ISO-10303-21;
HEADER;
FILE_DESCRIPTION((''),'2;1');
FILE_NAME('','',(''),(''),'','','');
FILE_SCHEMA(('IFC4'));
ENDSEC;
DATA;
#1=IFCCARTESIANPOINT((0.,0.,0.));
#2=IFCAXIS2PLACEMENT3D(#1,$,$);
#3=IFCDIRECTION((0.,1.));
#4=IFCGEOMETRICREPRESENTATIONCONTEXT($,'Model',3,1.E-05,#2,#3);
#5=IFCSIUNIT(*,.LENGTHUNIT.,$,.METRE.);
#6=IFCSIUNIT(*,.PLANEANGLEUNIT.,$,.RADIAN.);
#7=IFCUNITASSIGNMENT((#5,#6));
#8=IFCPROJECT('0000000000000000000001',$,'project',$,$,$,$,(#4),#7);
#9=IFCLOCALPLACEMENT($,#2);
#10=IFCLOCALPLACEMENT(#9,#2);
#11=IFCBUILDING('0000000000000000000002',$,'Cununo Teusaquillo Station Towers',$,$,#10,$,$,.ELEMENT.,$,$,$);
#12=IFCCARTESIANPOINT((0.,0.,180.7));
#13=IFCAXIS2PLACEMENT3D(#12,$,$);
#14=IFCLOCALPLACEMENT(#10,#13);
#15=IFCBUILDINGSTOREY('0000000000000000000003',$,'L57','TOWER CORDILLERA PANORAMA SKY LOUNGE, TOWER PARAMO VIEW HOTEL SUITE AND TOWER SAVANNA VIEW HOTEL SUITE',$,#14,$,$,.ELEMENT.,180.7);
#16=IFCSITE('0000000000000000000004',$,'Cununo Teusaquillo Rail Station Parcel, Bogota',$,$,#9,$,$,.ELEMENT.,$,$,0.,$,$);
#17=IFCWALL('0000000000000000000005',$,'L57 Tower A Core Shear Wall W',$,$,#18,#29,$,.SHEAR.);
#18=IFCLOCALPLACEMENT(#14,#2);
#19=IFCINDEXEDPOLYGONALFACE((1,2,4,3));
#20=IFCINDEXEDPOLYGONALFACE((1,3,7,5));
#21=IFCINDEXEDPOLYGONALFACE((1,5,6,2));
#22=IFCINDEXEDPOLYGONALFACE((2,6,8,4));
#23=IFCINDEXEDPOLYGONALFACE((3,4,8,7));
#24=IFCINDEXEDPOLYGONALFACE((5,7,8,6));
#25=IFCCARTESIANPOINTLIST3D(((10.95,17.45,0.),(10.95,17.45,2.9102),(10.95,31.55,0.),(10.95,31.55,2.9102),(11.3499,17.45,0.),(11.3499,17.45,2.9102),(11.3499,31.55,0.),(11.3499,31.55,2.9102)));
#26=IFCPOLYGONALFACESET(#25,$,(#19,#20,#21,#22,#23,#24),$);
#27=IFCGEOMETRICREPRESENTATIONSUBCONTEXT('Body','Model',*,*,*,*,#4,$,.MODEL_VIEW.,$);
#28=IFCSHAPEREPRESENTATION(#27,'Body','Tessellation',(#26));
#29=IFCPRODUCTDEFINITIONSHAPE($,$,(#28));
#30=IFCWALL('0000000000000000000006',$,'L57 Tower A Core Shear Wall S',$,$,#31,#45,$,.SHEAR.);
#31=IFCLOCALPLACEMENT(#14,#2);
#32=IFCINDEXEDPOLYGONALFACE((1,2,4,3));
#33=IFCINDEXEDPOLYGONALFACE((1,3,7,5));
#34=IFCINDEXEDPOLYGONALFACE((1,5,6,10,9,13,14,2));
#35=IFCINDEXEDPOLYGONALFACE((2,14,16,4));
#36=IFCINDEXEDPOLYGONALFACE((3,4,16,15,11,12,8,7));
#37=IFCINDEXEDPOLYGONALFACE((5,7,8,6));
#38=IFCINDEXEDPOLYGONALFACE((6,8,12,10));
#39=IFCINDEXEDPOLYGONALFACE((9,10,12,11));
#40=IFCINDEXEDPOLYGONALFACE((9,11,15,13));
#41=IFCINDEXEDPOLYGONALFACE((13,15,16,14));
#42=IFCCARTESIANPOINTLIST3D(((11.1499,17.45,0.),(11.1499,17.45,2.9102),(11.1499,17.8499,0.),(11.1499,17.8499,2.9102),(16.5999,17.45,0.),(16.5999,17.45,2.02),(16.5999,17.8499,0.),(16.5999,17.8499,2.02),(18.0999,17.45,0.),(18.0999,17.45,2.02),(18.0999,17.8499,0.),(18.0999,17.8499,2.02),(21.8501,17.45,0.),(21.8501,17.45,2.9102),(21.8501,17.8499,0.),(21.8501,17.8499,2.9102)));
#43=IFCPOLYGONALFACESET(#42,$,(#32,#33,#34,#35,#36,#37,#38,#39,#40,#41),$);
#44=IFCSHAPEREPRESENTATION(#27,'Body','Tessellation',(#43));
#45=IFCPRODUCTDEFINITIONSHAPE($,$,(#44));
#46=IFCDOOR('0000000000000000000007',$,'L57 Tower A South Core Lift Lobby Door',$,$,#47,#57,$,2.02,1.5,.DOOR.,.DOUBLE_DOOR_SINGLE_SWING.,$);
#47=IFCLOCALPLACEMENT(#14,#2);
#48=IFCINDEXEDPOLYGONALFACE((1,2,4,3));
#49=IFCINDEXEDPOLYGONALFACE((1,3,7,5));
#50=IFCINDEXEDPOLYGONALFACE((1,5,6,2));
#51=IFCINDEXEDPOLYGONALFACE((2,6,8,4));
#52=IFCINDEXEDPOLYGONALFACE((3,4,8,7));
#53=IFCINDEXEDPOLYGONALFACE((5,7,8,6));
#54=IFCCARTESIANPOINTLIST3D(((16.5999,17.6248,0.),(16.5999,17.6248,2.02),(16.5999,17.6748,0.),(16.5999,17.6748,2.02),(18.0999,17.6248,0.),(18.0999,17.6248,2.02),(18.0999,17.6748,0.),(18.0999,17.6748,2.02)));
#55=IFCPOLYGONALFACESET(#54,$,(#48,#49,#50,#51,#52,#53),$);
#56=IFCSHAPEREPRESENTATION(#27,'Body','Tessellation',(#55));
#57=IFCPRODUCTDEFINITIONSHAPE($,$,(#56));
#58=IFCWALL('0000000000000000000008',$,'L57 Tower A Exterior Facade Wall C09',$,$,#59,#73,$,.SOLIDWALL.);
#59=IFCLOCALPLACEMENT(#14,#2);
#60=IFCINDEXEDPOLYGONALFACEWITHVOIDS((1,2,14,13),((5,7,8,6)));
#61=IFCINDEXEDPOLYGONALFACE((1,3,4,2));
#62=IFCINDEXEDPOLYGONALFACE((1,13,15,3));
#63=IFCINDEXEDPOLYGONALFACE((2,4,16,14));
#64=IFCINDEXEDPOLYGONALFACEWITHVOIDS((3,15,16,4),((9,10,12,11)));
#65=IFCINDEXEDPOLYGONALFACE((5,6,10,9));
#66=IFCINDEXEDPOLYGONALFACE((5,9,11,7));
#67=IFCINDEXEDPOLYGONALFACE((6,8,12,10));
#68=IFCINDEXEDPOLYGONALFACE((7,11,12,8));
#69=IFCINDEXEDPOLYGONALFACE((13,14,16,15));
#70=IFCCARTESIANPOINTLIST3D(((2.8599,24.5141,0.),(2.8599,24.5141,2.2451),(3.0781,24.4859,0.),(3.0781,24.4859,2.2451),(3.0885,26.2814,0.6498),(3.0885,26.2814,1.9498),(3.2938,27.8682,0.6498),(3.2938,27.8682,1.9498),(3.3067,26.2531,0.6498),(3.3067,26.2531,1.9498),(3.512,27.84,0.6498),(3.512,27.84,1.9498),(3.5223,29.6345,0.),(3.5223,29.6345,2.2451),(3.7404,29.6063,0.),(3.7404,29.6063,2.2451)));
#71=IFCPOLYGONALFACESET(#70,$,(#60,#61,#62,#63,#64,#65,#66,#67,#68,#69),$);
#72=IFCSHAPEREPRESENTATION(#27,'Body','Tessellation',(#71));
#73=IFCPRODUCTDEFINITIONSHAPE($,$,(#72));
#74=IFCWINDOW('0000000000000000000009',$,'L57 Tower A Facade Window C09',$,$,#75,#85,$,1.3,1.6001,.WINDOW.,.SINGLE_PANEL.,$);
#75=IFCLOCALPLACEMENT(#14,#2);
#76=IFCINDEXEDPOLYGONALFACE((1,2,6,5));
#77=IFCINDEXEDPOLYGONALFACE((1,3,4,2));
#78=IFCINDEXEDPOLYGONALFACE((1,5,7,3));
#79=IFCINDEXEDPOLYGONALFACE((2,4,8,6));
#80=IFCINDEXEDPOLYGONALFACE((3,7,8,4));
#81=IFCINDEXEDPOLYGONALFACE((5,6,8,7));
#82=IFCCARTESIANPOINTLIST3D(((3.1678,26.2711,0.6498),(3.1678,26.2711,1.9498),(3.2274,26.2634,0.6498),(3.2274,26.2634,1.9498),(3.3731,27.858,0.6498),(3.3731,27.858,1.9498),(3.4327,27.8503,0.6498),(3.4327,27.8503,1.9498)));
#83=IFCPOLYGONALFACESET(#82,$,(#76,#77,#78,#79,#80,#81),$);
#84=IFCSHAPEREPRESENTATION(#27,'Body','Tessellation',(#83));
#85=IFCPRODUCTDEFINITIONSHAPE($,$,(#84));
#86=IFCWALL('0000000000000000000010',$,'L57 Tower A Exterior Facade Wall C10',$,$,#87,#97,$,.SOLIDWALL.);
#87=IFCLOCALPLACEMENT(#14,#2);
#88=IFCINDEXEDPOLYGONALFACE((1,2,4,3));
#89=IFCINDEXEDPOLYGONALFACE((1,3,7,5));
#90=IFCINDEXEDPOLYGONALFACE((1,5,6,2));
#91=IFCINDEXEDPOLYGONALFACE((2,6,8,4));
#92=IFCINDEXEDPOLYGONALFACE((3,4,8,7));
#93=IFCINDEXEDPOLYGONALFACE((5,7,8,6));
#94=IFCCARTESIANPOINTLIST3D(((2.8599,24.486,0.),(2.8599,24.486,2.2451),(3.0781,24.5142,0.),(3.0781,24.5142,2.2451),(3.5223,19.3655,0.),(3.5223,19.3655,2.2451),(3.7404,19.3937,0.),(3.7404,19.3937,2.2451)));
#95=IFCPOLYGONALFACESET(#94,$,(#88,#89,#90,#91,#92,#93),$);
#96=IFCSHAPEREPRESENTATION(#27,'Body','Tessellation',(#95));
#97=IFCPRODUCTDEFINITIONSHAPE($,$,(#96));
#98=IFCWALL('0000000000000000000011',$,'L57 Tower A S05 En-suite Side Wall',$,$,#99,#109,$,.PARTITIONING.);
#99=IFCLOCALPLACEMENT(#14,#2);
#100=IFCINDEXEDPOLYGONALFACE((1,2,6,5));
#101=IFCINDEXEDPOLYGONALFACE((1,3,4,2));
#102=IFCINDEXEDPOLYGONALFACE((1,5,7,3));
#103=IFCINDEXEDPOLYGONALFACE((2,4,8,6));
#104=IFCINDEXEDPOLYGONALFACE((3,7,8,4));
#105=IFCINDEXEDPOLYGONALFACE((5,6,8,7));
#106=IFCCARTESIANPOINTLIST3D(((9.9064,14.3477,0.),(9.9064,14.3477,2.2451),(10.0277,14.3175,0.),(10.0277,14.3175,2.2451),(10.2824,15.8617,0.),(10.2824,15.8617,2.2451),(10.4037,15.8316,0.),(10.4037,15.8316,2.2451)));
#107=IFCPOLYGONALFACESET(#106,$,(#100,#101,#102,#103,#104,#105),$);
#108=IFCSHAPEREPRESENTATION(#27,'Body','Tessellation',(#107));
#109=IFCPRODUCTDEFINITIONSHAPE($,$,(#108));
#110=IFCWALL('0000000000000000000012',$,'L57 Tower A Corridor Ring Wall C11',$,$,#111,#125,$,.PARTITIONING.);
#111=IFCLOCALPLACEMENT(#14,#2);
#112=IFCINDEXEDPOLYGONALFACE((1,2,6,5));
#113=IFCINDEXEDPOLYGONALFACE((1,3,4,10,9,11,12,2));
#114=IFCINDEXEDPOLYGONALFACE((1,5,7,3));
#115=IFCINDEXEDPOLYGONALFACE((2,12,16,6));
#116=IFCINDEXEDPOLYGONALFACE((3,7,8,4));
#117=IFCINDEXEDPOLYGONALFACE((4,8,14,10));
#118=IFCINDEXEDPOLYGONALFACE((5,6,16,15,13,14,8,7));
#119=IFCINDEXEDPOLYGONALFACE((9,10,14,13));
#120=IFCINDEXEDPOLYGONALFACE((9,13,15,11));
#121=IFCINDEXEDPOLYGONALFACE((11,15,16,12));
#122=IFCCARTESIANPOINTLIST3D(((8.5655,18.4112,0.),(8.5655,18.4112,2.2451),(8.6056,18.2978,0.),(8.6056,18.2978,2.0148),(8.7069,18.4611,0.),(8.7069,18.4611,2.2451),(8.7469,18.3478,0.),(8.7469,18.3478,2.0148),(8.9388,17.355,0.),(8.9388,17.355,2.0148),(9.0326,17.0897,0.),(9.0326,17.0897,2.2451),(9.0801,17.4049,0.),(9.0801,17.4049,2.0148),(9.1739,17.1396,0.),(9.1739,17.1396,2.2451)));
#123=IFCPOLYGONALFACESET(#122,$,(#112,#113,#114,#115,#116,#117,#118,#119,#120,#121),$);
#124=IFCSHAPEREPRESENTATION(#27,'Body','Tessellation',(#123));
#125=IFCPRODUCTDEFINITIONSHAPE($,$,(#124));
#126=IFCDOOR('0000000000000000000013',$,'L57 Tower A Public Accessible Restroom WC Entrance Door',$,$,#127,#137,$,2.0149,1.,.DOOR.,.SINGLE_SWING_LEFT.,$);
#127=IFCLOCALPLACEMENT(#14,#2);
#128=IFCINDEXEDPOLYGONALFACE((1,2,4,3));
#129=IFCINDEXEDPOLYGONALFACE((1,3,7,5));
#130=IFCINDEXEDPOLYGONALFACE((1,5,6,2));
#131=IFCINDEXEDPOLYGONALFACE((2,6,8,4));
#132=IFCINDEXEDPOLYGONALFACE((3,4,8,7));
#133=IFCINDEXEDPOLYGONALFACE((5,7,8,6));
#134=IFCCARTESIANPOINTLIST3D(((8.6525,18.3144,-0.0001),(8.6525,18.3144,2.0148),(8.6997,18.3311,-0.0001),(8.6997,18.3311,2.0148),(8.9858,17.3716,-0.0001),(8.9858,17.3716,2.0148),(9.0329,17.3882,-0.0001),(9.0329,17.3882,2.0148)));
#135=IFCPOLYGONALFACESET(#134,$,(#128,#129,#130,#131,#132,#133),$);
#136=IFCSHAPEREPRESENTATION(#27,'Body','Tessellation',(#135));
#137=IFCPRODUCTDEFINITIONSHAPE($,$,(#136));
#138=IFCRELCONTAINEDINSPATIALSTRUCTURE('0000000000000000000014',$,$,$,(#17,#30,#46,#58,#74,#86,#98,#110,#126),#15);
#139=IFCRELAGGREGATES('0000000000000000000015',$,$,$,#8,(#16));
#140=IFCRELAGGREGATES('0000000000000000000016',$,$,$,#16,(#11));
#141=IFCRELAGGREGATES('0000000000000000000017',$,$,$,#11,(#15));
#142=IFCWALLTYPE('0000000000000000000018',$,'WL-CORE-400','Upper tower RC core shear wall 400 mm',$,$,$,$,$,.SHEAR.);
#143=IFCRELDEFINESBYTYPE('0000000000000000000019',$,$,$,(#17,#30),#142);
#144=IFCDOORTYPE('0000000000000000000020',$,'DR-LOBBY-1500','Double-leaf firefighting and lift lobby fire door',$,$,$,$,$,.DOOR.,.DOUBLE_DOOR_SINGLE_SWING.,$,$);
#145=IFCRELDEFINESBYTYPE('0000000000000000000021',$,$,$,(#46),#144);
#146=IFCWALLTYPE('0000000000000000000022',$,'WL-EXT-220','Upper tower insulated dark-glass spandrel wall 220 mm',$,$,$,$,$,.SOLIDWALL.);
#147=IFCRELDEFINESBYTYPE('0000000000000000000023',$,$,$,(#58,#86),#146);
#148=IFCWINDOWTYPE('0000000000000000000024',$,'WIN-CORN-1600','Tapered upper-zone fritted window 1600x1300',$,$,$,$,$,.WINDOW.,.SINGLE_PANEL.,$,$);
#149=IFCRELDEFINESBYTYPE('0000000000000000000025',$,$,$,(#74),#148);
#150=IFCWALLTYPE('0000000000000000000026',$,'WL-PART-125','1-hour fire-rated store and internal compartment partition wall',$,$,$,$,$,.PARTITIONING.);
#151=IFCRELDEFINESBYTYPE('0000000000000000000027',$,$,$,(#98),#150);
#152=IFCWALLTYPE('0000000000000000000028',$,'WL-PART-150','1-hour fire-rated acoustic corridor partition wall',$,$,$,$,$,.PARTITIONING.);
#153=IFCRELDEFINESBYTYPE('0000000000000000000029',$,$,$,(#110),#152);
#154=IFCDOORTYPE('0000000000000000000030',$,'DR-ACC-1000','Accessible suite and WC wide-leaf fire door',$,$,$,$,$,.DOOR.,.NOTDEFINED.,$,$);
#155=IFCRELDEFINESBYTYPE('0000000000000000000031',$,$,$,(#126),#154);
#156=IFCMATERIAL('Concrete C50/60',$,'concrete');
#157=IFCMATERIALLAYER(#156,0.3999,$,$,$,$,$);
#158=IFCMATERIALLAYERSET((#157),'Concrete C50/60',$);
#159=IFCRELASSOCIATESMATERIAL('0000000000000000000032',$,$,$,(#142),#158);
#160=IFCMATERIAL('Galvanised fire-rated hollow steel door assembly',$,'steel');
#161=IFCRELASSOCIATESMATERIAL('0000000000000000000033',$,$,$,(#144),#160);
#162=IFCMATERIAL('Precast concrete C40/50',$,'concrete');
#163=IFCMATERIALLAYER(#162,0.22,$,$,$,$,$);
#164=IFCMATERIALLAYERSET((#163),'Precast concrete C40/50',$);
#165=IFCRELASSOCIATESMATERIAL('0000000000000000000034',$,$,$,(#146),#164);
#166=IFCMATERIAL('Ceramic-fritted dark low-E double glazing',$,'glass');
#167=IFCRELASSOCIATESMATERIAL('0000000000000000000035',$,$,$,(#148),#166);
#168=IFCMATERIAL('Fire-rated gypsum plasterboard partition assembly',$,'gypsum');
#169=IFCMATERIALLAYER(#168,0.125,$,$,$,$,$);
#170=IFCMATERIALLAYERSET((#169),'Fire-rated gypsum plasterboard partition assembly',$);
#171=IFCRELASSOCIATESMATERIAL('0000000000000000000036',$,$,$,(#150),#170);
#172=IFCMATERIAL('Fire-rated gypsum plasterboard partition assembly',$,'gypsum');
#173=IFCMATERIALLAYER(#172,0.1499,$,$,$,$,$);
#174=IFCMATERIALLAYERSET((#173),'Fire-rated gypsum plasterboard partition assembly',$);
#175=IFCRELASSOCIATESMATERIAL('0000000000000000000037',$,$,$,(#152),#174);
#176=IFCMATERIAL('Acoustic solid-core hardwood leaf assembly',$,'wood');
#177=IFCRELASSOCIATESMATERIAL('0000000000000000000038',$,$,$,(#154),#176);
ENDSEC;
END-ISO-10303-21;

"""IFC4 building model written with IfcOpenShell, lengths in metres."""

from ifc_helpers import new_model, si_unit, direction, frame, frame_2d, origin, place, context, subcontext, project, spatial, rectangle, extrude, source, transform, mapped, material, layer, layer_set, type_object, element, fill, save


model = new_model("IFC4")

# Units and contexts
model_context = context("Model", 3, precision=1e-05, world=origin(), true_north=direction((0.0, 1.0)))
body_context = subcontext(model_context, "Body", "Model", "MODEL_VIEW")
ifc_project = project(units=[si_unit("LENGTHUNIT", "METRE"), si_unit("PLANEANGLEUNIT", "RADIAN")], contexts=[model_context])

# Site, building, storey
site_placement = place(None, origin())
site = spatial("IfcSite", under=ifc_project, at=site_placement, Name="Cununo Teusaquillo Rail Station Parcel, Bogota", CompositionType="ELEMENT", RefElevation=0.0)
building_placement = place(site_placement, origin())
building = spatial("IfcBuilding", under=site, at=building_placement, Name="Cununo Teusaquillo Station Towers", CompositionType="ELEMENT")
storey_placement = place(building_placement, frame((0.0, 0.0, 180.7)))
storey = spatial("IfcBuildingStorey", under=building, at=storey_placement, Name="L57", Description="TOWER CORDILLERA PANORAMA SKY LOUNGE, TOWER PARAMO VIEW HOTEL SUITE AND TOWER SAVANNA VIEW HOTEL SUITE", CompositionType="ELEMENT", Elevation=180.7)

# Wall
ifc_material_1 = material(Name="Concrete C50/60", Category="concrete")
ifc_layer_1 = layer(ifc_material_1, 0.3999)
ifc_layer_set_1 = layer_set([ifc_layer_1], Name="Concrete C50/60")
wall_type_1 = type_object("IfcWallType", Name="WL-CORE-400", Description="Upper tower RC core shear wall 400 mm", PredefinedType="SHEAR", material=ifc_layer_set_1)
wall_1_placement = place(storey_placement, frame((11.1499, 17.45, 0.0), z_axis=(0.0, 0.0, 1.0), x_axis=(0.0, 1.0, 0.0)))
element("IfcWall", 1, at=wall_1_placement, inside=storey, type_object=wall_type_1, Name="L57 Tower A Core Shear Wall W", PredefinedType="SHEAR", context=body_context, shape_type="SweptSolid", body=[
    extrude(rectangle(XDim=14.1001, YDim=0.3999, at=frame_2d((7.05, 0.0))), origin(), (0.0, 0.0, 1.0), 2.9102),
])

# Wall, opening, door
wall_2_placement = place(storey_placement, frame((11.1499, 17.6499, 0.0), z_axis=(0.0, 0.0, 1.0), x_axis=(1.0, 0.0, 0.0)))
wall_2 = element("IfcWall", 2, at=wall_2_placement, inside=storey, type_object=wall_type_1, Name="L57 Tower A Core Shear Wall S", PredefinedType="SHEAR", context=body_context, shape_type="SweptSolid", body=[
    extrude(rectangle(XDim=10.7002, YDim=0.3999, at=frame_2d((5.3501, 0.0))), origin(), (0.0, 0.0, 1.0), 2.9102),
])
shared_shape_1 = source(origin(), body_context, "Body", "SweptSolid", [
    extrude(rectangle(XDim=1.5, YDim=2.02, at=frame_2d((0.75, 1.01))), frame((0.0, 0.21, 0.0), z_axis=(0.0, -1.0, 0.0), x_axis=(1.0, 0.0, 0.0)), (0.0, 0.0, 1.0), 0.4199),
])
opening_1_placement = place(wall_2_placement, frame((5.45, 0.0, 0.0)))
opening_1 = element("IfcOpeningElement", 3, at=opening_1_placement, cuts=wall_2, PredefinedType="OPENING", context=body_context, shape_type="MappedRepresentation", body=[
    mapped(shared_shape_1, transform((0.0, 0.0, 0.0), x_axis=(1.0, 0.0, 0.0), y_axis=(0.0, 1.0, 0.0), z_axis=(0.0, 0.0, 1.0), scale=1.0)),
])
ifc_material_2 = material(Name="Galvanised fire-rated hollow steel door assembly", Category="steel")
door_type_1 = type_object("IfcDoorType", Name="DR-LOBBY-1500", Description="Double-leaf firefighting and lift lobby fire door", OperationType="DOUBLE_DOOR_SINGLE_SWING", PredefinedType="DOOR", material=ifc_material_2)
shared_shape_2 = source(origin(), body_context, "Body", "SweptSolid", [
    extrude(rectangle(XDim=1.5, YDim=2.02, at=frame_2d((0.75, 1.01))), frame((0.0, 0.0249, 0.0), z_axis=(0.0, -1.0, 0.0), x_axis=(1.0, 0.0, 0.0)), (0.0, 0.0, 1.0), 0.05),
])
door_1_placement = place(opening_1_placement, origin())
door_1 = element("IfcDoor", 4, at=door_1_placement, inside=storey, type_object=door_type_1, Name="L57 Tower A South Core Lift Lobby Door", OperationType="DOUBLE_DOOR_SINGLE_SWING", OverallHeight=2.02, OverallWidth=1.5, PredefinedType="DOOR", context=body_context, shape_type="MappedRepresentation", body=[
    mapped(shared_shape_2, transform((0.0, 0.0, 0.0), x_axis=(1.0, 0.0, 0.0), y_axis=(0.0, 1.0, 0.0), z_axis=(0.0, 0.0, 1.0), scale=1.0)),
])
fill(opening_1, door_1)

# Wall, opening, window
ifc_material_3 = material(Name="Precast concrete C40/50", Category="concrete")
ifc_layer_2 = layer(ifc_material_3, 0.22)
ifc_layer_set_2 = layer_set([ifc_layer_2], Name="Precast concrete C40/50")
wall_type_2 = type_object("IfcWallType", Name="WL-EXT-220", Description="Upper tower insulated dark-glass spandrel wall 220 mm", PredefinedType="SOLIDWALL", material=ifc_layer_set_2)
wall_3_placement = place(storey_placement, frame((2.969, 24.5, 0.0), z_axis=(0.0, 0.0, 1.0), x_axis=(0.128288, 0.991737, 0.0)))
wall_3 = element("IfcWall", 5, at=wall_3_placement, inside=storey, type_object=wall_type_2, Name="L57 Tower A Exterior Facade Wall C09", PredefinedType="SOLIDWALL", context=body_context, shape_type="SweptSolid", body=[
    extrude(rectangle(XDim=5.1631, YDim=0.22, at=frame_2d((2.5815, 0.0))), origin(), (0.0, 0.0, 1.0), 2.2451),
])
shared_shape_3 = source(origin(), body_context, "Body", "SweptSolid", [
    extrude(rectangle(XDim=1.6001, YDim=1.3, at=frame_2d((0.8, 0.6499))), frame((0.0, 0.1199, 0.0), z_axis=(0.0, -1.0, 0.0), x_axis=(1.0, 0.0, 0.0)), (0.0, 0.0, 1.0), 0.24),
])
opening_2_placement = place(wall_3_placement, frame((1.782, 0.0, 0.6499)))
opening_2 = element("IfcOpeningElement", 6, at=opening_2_placement, cuts=wall_3, PredefinedType="OPENING", context=body_context, shape_type="MappedRepresentation", body=[
    mapped(shared_shape_3, transform((0.0, 0.0, 0.0), x_axis=(1.0, 0.0, 0.0), y_axis=(0.0, 1.0, 0.0), z_axis=(0.0, 0.0, 1.0), scale=1.0)),
])
ifc_material_4 = material(Name="Ceramic-fritted dark low-E double glazing", Category="glass")
window_type = type_object("IfcWindowType", Name="WIN-CORN-1600", Description="Tapered upper-zone fritted window 1600x1300", PartitioningType="SINGLE_PANEL", PredefinedType="WINDOW", material=ifc_material_4)
shared_shape_4 = source(origin(), body_context, "Body", "SweptSolid", [
    extrude(rectangle(XDim=1.6001, YDim=1.3, at=frame_2d((0.8, 0.6499))), frame((0.0, 0.03, 0.0), z_axis=(0.0, -1.0, 0.0), x_axis=(1.0, 0.0, 0.0)), (0.0, 0.0, 1.0), 0.0601),
])
window_placement = place(opening_2_placement, origin())
window = element("IfcWindow", 7, at=window_placement, inside=storey, type_object=window_type, Name="L57 Tower A Facade Window C09", OverallHeight=1.3, OverallWidth=1.6001, PartitioningType="SINGLE_PANEL", PredefinedType="WINDOW", context=body_context, shape_type="MappedRepresentation", body=[
    mapped(shared_shape_4, transform((0.0, 0.0, 0.0), x_axis=(1.0, 0.0, 0.0), y_axis=(0.0, 1.0, 0.0), z_axis=(0.0, 0.0, 1.0), scale=1.0)),
])
fill(opening_2, window)

# Walls
wall_4_placement = place(storey_placement, frame((3.6313, 19.3796, 0.0), z_axis=(0.0, 0.0, 1.0), x_axis=(-0.128288, 0.991737, 0.0)))
element("IfcWall", 8, at=wall_4_placement, inside=storey, type_object=wall_type_2, Name="L57 Tower A Exterior Facade Wall C10", PredefinedType="SOLIDWALL", context=body_context, shape_type="SweptSolid", body=[
    extrude(rectangle(XDim=5.1631, YDim=0.22, at=frame_2d((2.5815, 0.0))), origin(), (0.0, 0.0, 1.0), 2.2451),
])
ifc_material_5 = material(Name="Fire-rated gypsum plasterboard partition assembly", Category="gypsum")
ifc_layer_3 = layer(ifc_material_5, 0.125)
ifc_layer_set_3 = layer_set([ifc_layer_3], Name="Fire-rated gypsum plasterboard partition assembly")
wall_type_3 = type_object("IfcWallType", Name="WL-PART-125", Description="1-hour fire-rated store and internal compartment partition wall", PredefinedType="PARTITIONING", material=ifc_layer_set_3)
wall_5_placement = place(storey_placement, frame((10.343, 15.8467, 0.0), z_axis=(0.0, 0.0, 1.0), x_axis=(-0.240989, -0.970528, 0.0)))
element("IfcWall", 9, at=wall_5_placement, inside=storey, type_object=wall_type_3, Name="L57 Tower A S05 En-suite Side Wall", PredefinedType="PARTITIONING", context=body_context, shape_type="SweptSolid", body=[
    extrude(rectangle(XDim=1.5601, YDim=0.125, at=frame_2d((0.78, 0.0))), origin(), (0.0, 0.0, 1.0), 2.2451),
])

# Wall, opening, door
ifc_material_6 = material(Name="Fire-rated gypsum plasterboard partition assembly", Category="gypsum")
ifc_layer_4 = layer(ifc_material_6, 0.1499)
ifc_layer_set_4 = layer_set([ifc_layer_4], Name="Fire-rated gypsum plasterboard partition assembly")
wall_type_4 = type_object("IfcWallType", Name="WL-PART-150", Description="1-hour fire-rated acoustic corridor partition wall", PredefinedType="PARTITIONING", material=ifc_layer_set_4)
wall_6_placement = place(storey_placement, frame((8.6362, 18.436, 0.0), z_axis=(0.0, 0.0, 1.0), x_axis=(0.333212, -0.942852, 0.0)))
wall_6 = element("IfcWall", 10, at=wall_6_placement, inside=storey, type_object=wall_type_4, Name="L57 Tower A Corridor Ring Wall C11", PredefinedType="PARTITIONING", context=body_context, shape_type="SweptSolid", body=[
    extrude(rectangle(XDim=1.4016, YDim=0.1499, at=frame_2d((0.7007, 0.0))), origin(), (0.0, 0.0, 1.0), 2.2451),
])
shared_shape_5 = source(origin(), body_context, "Body", "SweptSolid", [
    extrude(rectangle(XDim=1.0, YDim=2.0149, at=frame_2d((0.5, 1.0073))), frame((0.0, 0.085, 0.0), z_axis=(0.0, -1.0, 0.0), x_axis=(1.0, 0.0, 0.0)), (0.0, 0.0, 1.0), 0.1699),
])
opening_3_placement = place(wall_6_placement, frame((0.1201, 0.0, 0.0)))
opening_3 = element("IfcOpeningElement", 11, at=opening_3_placement, cuts=wall_6, PredefinedType="OPENING", context=body_context, shape_type="MappedRepresentation", body=[
    mapped(shared_shape_5, transform((0.0, 0.0, 0.0), x_axis=(1.0, 0.0, 0.0), y_axis=(0.0, 1.0, 0.0), z_axis=(0.0, 0.0, 1.0), scale=1.0)),
])
ifc_material_7 = material(Name="Acoustic solid-core hardwood leaf assembly", Category="wood")
door_type_2 = type_object("IfcDoorType", Name="DR-ACC-1000", Description="Accessible suite and WC wide-leaf fire door", OperationType="NOTDEFINED", PredefinedType="DOOR", material=ifc_material_7)
shared_shape_6 = source(origin(), body_context, "Body", "SweptSolid", [
    extrude(rectangle(XDim=1.0, YDim=2.0149, at=frame_2d((0.5, 1.0073))), frame((0.0, 0.0249, 0.0), z_axis=(0.0, -1.0, 0.0), x_axis=(1.0, 0.0, 0.0)), (0.0, 0.0, 1.0), 0.05),
])
door_2_placement = place(opening_3_placement, origin())
door_2 = element("IfcDoor", 12, at=door_2_placement, inside=storey, type_object=door_type_2, Name="L57 Tower A Public Accessible Restroom WC Entrance Door", OperationType="SINGLE_SWING_LEFT", OverallHeight=2.0149, OverallWidth=1.0, PredefinedType="DOOR", context=body_context, shape_type="MappedRepresentation", body=[
    mapped(shared_shape_6, transform((0.0, 0.0, 0.0), x_axis=(1.0, 0.0, 0.0), y_axis=(0.0, 1.0, 0.0), z_axis=(0.0, 0.0, 1.0), scale=1.0)),
])
fill(opening_3, door_2)

save(model, "model.ifc")
